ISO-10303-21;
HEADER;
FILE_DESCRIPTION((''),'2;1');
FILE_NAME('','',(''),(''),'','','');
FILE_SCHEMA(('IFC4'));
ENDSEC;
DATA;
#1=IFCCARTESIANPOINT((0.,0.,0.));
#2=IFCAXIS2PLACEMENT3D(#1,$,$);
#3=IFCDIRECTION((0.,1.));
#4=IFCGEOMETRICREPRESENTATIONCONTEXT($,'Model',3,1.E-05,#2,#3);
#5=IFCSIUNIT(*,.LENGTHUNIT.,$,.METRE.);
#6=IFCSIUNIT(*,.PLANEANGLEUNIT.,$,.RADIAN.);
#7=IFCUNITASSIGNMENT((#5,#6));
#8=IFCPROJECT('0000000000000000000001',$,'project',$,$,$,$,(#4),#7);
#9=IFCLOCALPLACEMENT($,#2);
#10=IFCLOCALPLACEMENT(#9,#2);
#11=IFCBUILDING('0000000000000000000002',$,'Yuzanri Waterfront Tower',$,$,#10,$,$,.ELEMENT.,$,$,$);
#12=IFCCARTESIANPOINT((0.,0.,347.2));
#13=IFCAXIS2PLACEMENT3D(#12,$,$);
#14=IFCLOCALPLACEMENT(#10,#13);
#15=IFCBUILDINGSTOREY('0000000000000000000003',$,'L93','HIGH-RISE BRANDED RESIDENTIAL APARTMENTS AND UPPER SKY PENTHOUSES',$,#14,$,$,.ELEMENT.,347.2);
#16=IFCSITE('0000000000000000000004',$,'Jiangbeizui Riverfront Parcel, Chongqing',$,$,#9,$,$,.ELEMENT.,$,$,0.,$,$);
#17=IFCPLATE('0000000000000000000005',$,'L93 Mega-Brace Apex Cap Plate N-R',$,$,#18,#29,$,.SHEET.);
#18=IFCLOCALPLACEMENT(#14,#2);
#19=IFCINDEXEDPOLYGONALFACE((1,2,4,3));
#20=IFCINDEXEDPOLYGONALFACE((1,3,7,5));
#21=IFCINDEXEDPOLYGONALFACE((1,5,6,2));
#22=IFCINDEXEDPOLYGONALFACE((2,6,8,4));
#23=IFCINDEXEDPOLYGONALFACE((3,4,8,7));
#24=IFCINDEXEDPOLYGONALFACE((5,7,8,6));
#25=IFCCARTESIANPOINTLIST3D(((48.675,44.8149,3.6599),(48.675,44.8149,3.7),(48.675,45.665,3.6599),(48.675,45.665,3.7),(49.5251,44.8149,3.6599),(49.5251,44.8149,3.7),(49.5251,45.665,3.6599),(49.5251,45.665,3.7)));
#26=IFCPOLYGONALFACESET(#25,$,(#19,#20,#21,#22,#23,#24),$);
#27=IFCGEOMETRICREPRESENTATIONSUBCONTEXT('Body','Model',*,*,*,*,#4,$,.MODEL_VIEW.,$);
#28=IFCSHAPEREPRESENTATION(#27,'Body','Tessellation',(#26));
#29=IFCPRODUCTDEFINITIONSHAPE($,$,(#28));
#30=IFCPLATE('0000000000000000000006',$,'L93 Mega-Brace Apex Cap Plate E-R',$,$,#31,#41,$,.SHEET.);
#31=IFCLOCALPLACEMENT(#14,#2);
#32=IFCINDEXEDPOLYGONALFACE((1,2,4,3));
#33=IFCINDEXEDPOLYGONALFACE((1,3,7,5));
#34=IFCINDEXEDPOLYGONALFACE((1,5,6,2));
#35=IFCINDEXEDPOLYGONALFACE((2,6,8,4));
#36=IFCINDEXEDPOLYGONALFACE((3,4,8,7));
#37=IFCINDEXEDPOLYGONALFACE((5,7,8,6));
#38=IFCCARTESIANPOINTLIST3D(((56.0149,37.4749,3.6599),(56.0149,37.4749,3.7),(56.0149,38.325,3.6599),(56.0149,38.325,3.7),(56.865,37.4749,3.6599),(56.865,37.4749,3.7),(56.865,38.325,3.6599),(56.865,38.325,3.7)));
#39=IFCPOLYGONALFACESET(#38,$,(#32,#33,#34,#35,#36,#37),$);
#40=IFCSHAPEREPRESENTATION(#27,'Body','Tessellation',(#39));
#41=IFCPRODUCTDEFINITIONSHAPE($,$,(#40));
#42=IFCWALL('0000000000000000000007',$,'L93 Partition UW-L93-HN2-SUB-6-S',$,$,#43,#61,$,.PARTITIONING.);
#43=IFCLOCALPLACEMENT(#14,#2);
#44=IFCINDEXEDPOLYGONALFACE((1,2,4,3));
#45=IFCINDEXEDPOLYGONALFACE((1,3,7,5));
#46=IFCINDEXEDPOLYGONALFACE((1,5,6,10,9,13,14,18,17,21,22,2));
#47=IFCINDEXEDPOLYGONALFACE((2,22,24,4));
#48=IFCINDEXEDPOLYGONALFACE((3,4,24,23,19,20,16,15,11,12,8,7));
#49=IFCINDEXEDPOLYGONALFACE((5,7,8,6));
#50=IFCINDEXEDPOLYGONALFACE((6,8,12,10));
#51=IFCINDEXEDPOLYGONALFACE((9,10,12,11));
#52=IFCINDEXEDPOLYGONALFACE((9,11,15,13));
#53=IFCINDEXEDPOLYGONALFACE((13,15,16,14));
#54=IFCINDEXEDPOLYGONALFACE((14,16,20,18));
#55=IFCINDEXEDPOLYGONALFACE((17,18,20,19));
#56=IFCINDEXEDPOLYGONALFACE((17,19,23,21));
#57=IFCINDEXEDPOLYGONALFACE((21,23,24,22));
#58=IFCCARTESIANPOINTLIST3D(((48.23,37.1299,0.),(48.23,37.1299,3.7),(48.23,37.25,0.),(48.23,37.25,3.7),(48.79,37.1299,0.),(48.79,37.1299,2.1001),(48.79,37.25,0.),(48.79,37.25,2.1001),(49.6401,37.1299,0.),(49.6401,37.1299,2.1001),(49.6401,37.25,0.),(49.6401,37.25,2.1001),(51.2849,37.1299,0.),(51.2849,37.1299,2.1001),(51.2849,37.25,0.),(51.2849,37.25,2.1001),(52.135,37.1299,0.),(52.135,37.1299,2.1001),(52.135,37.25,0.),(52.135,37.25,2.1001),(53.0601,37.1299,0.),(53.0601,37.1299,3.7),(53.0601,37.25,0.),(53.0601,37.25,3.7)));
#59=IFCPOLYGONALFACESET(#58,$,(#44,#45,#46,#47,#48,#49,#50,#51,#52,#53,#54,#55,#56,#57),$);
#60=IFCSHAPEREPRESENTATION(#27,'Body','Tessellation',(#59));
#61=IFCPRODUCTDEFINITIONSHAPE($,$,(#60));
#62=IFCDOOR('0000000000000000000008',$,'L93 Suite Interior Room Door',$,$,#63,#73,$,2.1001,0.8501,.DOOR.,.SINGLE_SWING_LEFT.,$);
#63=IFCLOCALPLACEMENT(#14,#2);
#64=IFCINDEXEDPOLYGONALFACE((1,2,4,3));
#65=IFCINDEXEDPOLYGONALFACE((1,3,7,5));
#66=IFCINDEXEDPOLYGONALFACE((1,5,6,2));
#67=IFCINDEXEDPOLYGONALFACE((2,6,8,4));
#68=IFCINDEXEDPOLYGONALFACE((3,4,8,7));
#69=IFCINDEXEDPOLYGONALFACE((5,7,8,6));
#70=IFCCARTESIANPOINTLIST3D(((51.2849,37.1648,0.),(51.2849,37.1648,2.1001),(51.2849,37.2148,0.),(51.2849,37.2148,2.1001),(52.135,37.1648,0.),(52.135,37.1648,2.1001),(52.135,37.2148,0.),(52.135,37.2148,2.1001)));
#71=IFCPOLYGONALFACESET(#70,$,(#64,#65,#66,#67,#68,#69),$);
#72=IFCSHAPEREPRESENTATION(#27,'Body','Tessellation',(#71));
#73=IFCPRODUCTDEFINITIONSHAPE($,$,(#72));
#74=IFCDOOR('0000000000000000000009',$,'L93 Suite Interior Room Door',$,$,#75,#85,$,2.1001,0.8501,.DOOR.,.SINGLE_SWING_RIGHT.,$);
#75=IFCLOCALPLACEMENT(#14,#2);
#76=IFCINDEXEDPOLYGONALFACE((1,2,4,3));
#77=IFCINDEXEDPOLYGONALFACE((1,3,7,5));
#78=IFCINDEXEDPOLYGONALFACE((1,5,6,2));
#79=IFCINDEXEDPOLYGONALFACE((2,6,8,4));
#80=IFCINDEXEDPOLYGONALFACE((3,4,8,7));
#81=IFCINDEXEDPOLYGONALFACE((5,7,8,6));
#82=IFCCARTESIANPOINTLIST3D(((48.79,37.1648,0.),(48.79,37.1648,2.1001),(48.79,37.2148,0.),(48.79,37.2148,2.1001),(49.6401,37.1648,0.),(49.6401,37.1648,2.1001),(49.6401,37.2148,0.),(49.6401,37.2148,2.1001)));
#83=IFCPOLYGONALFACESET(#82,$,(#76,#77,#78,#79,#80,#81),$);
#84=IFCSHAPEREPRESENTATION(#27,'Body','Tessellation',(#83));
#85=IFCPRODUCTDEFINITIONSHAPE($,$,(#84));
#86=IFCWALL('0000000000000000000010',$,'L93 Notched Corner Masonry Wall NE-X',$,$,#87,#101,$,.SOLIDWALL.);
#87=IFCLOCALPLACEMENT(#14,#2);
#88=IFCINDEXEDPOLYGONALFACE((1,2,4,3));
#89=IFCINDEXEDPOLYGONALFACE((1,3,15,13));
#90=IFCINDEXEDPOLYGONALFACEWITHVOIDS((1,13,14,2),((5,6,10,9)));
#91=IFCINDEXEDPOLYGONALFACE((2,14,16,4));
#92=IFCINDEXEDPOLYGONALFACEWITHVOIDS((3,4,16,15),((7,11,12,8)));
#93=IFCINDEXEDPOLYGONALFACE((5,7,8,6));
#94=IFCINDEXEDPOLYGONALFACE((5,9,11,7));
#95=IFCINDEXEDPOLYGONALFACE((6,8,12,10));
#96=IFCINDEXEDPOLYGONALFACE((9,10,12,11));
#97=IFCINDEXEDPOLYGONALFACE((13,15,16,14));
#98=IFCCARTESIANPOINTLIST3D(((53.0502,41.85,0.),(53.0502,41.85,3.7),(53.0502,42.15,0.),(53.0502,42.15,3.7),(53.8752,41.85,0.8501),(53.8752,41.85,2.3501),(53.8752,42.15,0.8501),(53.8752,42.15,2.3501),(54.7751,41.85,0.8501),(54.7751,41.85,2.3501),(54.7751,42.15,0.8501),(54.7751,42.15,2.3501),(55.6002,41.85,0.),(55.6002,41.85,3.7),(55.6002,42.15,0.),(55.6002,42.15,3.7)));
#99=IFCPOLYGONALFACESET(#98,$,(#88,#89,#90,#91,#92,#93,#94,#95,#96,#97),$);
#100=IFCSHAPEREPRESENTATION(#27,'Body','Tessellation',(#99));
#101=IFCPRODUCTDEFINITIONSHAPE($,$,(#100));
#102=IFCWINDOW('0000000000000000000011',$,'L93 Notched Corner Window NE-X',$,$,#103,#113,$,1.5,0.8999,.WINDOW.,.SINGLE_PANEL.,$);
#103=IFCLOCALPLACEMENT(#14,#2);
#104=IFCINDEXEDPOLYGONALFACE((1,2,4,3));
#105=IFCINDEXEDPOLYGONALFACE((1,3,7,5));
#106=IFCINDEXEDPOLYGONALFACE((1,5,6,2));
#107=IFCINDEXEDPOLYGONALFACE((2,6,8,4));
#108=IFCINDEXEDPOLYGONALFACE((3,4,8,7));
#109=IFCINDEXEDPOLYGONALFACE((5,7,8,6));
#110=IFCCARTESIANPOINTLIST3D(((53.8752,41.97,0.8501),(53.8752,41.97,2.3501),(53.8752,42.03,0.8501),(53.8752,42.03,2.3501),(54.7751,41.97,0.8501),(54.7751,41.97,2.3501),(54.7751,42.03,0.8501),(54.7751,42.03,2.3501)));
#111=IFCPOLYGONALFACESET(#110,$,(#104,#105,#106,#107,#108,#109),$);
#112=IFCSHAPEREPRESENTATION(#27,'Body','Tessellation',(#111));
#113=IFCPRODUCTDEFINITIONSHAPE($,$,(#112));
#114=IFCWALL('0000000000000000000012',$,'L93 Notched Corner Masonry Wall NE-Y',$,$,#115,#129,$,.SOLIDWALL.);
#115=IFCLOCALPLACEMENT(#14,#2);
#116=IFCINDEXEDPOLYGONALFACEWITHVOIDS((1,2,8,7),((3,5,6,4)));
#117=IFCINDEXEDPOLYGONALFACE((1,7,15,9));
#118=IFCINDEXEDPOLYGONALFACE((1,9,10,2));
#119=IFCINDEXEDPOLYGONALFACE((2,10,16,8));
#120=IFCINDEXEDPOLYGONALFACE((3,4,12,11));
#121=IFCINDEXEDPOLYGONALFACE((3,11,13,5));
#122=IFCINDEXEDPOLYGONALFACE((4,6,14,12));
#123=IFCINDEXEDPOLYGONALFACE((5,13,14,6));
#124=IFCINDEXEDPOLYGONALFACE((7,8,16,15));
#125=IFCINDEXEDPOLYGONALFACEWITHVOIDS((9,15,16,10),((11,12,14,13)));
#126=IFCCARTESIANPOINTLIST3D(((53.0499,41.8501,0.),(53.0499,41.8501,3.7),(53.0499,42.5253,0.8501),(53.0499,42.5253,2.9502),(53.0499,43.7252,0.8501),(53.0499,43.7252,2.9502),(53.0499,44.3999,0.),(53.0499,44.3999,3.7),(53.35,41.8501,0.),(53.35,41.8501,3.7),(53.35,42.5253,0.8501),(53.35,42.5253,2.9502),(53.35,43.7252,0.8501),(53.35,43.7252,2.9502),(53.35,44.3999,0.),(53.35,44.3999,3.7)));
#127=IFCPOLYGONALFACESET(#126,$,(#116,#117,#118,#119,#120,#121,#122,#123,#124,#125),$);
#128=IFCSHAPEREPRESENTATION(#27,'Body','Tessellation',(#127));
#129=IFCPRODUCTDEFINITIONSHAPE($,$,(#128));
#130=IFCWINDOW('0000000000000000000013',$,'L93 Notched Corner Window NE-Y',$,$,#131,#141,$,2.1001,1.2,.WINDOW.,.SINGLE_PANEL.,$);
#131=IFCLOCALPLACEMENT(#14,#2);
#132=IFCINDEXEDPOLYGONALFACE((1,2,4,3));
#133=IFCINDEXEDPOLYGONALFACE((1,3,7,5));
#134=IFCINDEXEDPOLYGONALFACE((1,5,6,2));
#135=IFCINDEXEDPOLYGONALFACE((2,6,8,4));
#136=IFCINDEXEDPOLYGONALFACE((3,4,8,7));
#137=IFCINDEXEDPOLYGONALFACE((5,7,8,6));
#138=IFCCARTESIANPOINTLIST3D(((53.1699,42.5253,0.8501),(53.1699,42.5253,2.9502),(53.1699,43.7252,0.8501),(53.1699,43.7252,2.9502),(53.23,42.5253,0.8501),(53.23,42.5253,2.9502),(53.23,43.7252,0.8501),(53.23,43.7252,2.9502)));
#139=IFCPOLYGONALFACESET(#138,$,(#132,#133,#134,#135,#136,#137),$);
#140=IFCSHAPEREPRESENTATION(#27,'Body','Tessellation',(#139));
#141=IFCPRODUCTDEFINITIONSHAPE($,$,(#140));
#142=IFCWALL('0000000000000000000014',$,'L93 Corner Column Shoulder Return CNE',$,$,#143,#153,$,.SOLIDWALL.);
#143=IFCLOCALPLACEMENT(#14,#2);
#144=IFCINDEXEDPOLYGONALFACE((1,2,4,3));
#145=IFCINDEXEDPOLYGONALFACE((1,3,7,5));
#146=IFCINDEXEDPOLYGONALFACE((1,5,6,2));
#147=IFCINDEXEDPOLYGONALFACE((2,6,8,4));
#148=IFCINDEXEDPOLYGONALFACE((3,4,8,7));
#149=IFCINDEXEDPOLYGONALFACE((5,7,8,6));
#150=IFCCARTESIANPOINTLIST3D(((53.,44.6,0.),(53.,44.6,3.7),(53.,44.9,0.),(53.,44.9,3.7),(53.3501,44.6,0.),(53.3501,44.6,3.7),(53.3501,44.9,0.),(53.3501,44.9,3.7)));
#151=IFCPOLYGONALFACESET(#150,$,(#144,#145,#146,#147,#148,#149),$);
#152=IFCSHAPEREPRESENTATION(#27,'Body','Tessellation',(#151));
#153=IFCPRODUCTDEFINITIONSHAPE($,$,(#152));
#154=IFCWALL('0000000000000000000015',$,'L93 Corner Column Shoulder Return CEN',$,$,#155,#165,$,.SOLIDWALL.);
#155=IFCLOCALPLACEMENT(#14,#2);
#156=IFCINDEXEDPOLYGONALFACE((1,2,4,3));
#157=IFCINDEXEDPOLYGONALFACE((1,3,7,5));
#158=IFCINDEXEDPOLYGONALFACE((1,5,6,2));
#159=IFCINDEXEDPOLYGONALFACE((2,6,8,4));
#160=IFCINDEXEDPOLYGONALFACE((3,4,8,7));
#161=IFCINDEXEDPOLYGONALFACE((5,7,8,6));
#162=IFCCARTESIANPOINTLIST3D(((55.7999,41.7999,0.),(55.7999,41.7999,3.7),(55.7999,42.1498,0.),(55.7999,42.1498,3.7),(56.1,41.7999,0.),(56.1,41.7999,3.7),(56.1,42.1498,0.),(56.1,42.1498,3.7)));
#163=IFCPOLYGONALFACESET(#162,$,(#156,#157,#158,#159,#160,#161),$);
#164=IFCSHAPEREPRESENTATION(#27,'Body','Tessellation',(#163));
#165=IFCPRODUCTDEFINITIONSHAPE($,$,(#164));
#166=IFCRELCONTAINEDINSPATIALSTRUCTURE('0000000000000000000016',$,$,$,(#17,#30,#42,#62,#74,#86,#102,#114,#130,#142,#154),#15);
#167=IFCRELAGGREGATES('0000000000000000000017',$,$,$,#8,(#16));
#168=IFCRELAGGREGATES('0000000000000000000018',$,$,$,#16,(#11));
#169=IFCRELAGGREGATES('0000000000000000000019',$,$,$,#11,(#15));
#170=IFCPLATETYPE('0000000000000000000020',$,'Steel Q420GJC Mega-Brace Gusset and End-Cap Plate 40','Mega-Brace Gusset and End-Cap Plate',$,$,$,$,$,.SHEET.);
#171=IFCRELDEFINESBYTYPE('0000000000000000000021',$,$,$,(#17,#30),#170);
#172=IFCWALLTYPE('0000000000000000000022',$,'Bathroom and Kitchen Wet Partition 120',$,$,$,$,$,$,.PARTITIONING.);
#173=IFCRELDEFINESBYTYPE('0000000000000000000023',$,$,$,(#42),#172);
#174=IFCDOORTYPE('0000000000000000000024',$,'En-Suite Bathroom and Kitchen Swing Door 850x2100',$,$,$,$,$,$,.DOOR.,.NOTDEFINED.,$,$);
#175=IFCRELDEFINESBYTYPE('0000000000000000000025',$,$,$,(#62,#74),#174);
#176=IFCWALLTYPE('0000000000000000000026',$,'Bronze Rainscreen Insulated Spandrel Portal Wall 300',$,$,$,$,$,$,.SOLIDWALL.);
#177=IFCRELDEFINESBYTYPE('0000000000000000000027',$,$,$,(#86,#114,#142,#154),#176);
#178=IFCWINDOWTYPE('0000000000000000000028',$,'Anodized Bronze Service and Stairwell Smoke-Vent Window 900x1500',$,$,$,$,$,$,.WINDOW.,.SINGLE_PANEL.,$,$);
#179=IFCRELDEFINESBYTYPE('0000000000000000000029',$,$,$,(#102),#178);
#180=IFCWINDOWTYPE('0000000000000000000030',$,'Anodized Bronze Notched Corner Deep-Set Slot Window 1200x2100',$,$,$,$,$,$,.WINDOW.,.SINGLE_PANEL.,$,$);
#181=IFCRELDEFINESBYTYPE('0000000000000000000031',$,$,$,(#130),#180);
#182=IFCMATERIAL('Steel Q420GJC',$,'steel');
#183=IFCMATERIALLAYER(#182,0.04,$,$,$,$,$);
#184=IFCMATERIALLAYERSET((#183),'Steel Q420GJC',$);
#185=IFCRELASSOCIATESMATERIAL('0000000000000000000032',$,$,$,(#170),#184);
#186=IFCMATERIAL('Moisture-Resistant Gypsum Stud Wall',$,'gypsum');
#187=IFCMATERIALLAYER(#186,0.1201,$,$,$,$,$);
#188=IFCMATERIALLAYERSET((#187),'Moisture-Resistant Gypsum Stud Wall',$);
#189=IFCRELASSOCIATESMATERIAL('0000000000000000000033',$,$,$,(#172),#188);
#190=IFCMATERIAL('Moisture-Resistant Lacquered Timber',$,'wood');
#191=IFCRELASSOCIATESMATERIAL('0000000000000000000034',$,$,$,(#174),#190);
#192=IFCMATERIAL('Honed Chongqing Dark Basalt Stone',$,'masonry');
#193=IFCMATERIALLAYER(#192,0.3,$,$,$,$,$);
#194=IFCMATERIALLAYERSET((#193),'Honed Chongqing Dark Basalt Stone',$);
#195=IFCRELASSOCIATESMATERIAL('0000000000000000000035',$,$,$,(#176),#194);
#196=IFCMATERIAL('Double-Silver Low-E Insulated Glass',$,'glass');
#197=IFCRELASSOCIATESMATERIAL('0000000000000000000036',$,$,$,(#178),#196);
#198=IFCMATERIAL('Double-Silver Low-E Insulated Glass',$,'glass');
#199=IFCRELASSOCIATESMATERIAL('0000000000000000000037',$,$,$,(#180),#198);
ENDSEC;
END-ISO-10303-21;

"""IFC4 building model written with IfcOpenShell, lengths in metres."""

from ifc_helpers import new_model, si_unit, direction, frame, frame_2d, origin, origin_2d, place, context, subcontext, project, spatial, rectangle, extrude, source, transform, mapped, material, layer, layer_set, type_object, element, fill, save


model = new_model("IFC4")

# Units and contexts
model_context = context("Model", 3, precision=1e-05, world=origin(), true_north=direction((0.0, 1.0)))
body_context = subcontext(model_context, "Body", "Model", "MODEL_VIEW")
ifc_project = project(units=[si_unit("LENGTHUNIT", "METRE"), si_unit("PLANEANGLEUNIT", "RADIAN")], contexts=[model_context])

# Site, building, storey
site_placement = place(None, origin())
site = spatial("IfcSite", under=ifc_project, at=site_placement, Name="Jiangbeizui Riverfront Parcel, Chongqing", CompositionType="ELEMENT", RefElevation=0.0)
building_placement = place(site_placement, origin())
building = spatial("IfcBuilding", under=site, at=building_placement, Name="Yuzanri Waterfront Tower", CompositionType="ELEMENT")
storey_placement = place(building_placement, frame((0.0, 0.0, 347.2)))
storey = spatial("IfcBuildingStorey", under=building, at=storey_placement, Name="L93", Description="HIGH-RISE BRANDED RESIDENTIAL APARTMENTS AND UPPER SKY PENTHOUSES", CompositionType="ELEMENT", Elevation=347.2)

# Plates
ifc_material_1 = material(Name="Steel Q420GJC", Category="steel")
ifc_layer_1 = layer(ifc_material_1, 0.04)
ifc_layer_set_1 = layer_set([ifc_layer_1], Name="Steel Q420GJC")
plate_type_1 = type_object("IfcPlateType", Name="Steel Q420GJC Mega-Brace Gusset and End-Cap Plate 40", Description="Mega-Brace Gusset and End-Cap Plate", PredefinedType="SHEET", material=ifc_layer_set_1)
shared_shape_1 = source(origin(), body_context, "Body", "SweptSolid", [
    extrude(rectangle(XDim=0.8501, YDim=0.8501, at=origin_2d()), origin(), (0.0, 0.0, 1.0), 0.04),
])
for number, where, z_axis, x_axis, name in (
    (1, (49.1001, 45.24, 3.6599), (0.0, 0.0, 1.0), (1.0, 0.0, 0.0), "L93 Mega-Brace Apex Cap Plate N-R"),
    (2, (56.4399, 37.8999, 3.6599), (0.0, 0.0, 1.0), (1.0, 0.0, 0.0), "L93 Mega-Brace Apex Cap Plate E-R"),
):
    element("IfcPlate", number, at=place(storey_placement, frame(where, z_axis=z_axis, x_axis=x_axis)), inside=storey, type_object=plate_type_1, Name=name, PredefinedType="SHEET", context=body_context, shape_type="MappedRepresentation", body=[
        mapped(shared_shape_1, transform((0.0, 0.0, 0.0), scale=1.0)),
    ])

# Wall, openings, doors
ifc_material_2 = material(Name="Moisture-Resistant Gypsum Stud Wall", Category="gypsum")
ifc_layer_2 = layer(ifc_material_2, 0.1201)
ifc_layer_set_2 = layer_set([ifc_layer_2], Name="Moisture-Resistant Gypsum Stud Wall")
wall_type_1 = type_object("IfcWallType", Name="Bathroom and Kitchen Wet Partition 120", PredefinedType="PARTITIONING", material=ifc_layer_set_2)
wall_1_placement = place(storey_placement, frame((48.23, 37.1899, 0.0), z_axis=(0.0, 0.0, 1.0), x_axis=(1.0, 0.0, 0.0)))
wall_1 = element("IfcWall", 3, at=wall_1_placement, inside=storey, type_object=wall_type_1, Name="L93 Partition UW-L93-HN2-SUB-6-S", PredefinedType="PARTITIONING", context=body_context, shape_type="SweptSolid", body=[
    extrude(rectangle(XDim=4.8301, YDim=0.1201, at=frame_2d((2.415, 0.0))), origin(), (0.0, 0.0, 1.0), 3.7),
])
opening_1_placement = place(wall_1_placement, frame((3.0549, 0.0, 0.0)))
opening_1 = element("IfcOpeningElement", 4, at=opening_1_placement, cuts=wall_1, PredefinedType="OPENING", context=body_context, shape_type="SweptSolid", body=[
    extrude(rectangle(XDim=0.8501, YDim=2.1001, at=frame_2d((0.425, 1.05))), frame((0.0, 0.075, 0.0), z_axis=(0.0, -1.0, 0.0), x_axis=(1.0, 0.0, 0.0)), (0.0, 0.0, 1.0), 0.1499),
])
opening_2_placement = place(wall_1_placement, frame((0.5601, 0.0, 0.0)))
opening_2 = element("IfcOpeningElement", 5, at=opening_2_placement, cuts=wall_1, PredefinedType="OPENING", context=body_context, shape_type="SweptSolid", body=[
    extrude(rectangle(XDim=0.8501, YDim=2.1001, at=frame_2d((0.425, 1.05))), frame((0.0, 0.075, 0.0), z_axis=(0.0, -1.0, 0.0), x_axis=(1.0, 0.0, 0.0)), (0.0, 0.0, 1.0), 0.1499),
])
ifc_material_3 = material(Name="Moisture-Resistant Lacquered Timber", Category="wood")
door_type = type_object("IfcDoorType", Name="En-Suite Bathroom and Kitchen Swing Door 850x2100", OperationType="NOTDEFINED", PredefinedType="DOOR", material=ifc_material_3)
shared_shape_2 = source(origin(), body_context, "Body", "SweptSolid", [
    extrude(rectangle(XDim=0.8501, YDim=2.1001, at=frame_2d((0.425, 1.05))), frame((0.0, 0.0249, 0.0), z_axis=(0.0, -1.0, 0.0), x_axis=(1.0, 0.0, 0.0)), (0.0, 0.0, 1.0), 0.05),
])
door_1_placement = place(opening_1_placement, origin())
door_1 = element("IfcDoor", 6, at=door_1_placement, inside=storey, type_object=door_type, Name="L93 Suite Interior Room Door", OperationType="SINGLE_SWING_LEFT", OverallHeight=2.1001, OverallWidth=0.8501, PredefinedType="DOOR", context=body_context, shape_type="MappedRepresentation", body=[
    mapped(shared_shape_2, transform((0.0, 0.0, 0.0), scale=1.0)),
])
fill(opening_1, door_1)
door_2_placement = place(opening_2_placement, origin())
door_2 = element("IfcDoor", 7, at=door_2_placement, inside=storey, type_object=door_type, Name="L93 Suite Interior Room Door", OperationType="SINGLE_SWING_RIGHT", OverallHeight=2.1001, OverallWidth=0.8501, PredefinedType="DOOR", context=body_context, shape_type="MappedRepresentation", body=[
    mapped(shared_shape_2, transform((0.0, 0.0, 0.0), scale=1.0)),
])
fill(opening_2, door_2)

# Walls, openings, windows
ifc_material_4 = material(Name="Honed Chongqing Dark Basalt Stone", Category="masonry")
ifc_layer_3 = layer(ifc_material_4, 0.3)
ifc_layer_set_3 = layer_set([ifc_layer_3], Name="Honed Chongqing Dark Basalt Stone")
wall_type_2 = type_object("IfcWallType", Name="Bronze Rainscreen Insulated Spandrel Portal Wall 300", PredefinedType="SOLIDWALL", material=ifc_layer_set_3)
wall_2_placement = place(storey_placement, frame((55.6001, 42.0, 0.0), z_axis=(0.0, 0.0, 1.0), x_axis=(-1.0, 0.0, 0.0)))
wall_2 = element("IfcWall", 8, at=wall_2_placement, inside=storey, type_object=wall_type_2, Name="L93 Notched Corner Masonry Wall NE-X", PredefinedType="SOLIDWALL", context=body_context, shape_type="SweptSolid", body=[
    extrude(rectangle(XDim=2.55, YDim=0.3, at=frame_2d((1.2749, 0.0))), origin(), (0.0, 0.0, 1.0), 3.7),
])
opening_3_placement = place(wall_2_placement, frame((0.825, 0.0, 0.8501)))
opening_3 = element("IfcOpeningElement", 9, at=opening_3_placement, cuts=wall_2, PredefinedType="OPENING", context=body_context, shape_type="SweptSolid", body=[
    extrude(rectangle(XDim=0.8999, YDim=1.5, at=frame_2d((0.45, 0.75))), frame((0.0, 0.165, 0.0), z_axis=(0.0, -1.0, 0.0), x_axis=(1.0, 0.0, 0.0)), (0.0, 0.0, 1.0), 0.3298),
])
ifc_material_5 = material(Name="Double-Silver Low-E Insulated Glass", Category="glass")
window_type_1 = type_object("IfcWindowType", Name="Anodized Bronze Service and Stairwell Smoke-Vent Window 900x1500", PartitioningType="SINGLE_PANEL", PredefinedType="WINDOW", material=ifc_material_5)
shared_shape_3 = source(origin(), body_context, "Body", "SweptSolid", [
    extrude(rectangle(XDim=0.8999, YDim=1.5, at=frame_2d((0.45, 0.75))), frame((0.0, 0.03, 0.0), z_axis=(0.0, -1.0, 0.0), x_axis=(1.0, 0.0, 0.0)), (0.0, 0.0, 1.0), 0.0601),
])
window_1_placement = place(opening_3_placement, origin())
window_1 = element("IfcWindow", 10, at=window_1_placement, inside=storey, type_object=window_type_1, Name="L93 Notched Corner Window NE-X", OverallHeight=1.5, OverallWidth=0.8999, PartitioningType="SINGLE_PANEL", PredefinedType="WINDOW", context=body_context, shape_type="MappedRepresentation", body=[
    mapped(shared_shape_3, transform((0.0, 0.0, 0.0), scale=1.0)),
])
fill(opening_3, window_1)
wall_3_placement = place(storey_placement, frame((53.2, 41.8501, 0.0), z_axis=(0.0, 0.0, 1.0), x_axis=(0.0, 1.0, 0.0)))
wall_3 = element("IfcWall", 11, at=wall_3_placement, inside=storey, type_object=wall_type_2, Name="L93 Notched Corner Masonry Wall NE-Y", PredefinedType="SOLIDWALL", context=body_context, shape_type="SweptSolid", body=[
    extrude(rectangle(XDim=2.5498, YDim=0.3, at=frame_2d((1.2749, 0.0))), origin(), (0.0, 0.0, 1.0), 3.7),
])
opening_4_placement = place(wall_3_placement, frame((0.675, 0.0, 0.8501)))
opening_4 = element("IfcOpeningElement", 12, at=opening_4_placement, cuts=wall_3, PredefinedType="OPENING", context=body_context, shape_type="SweptSolid", body=[
    extrude(rectangle(XDim=1.2, YDim=2.1001, at=frame_2d((0.6001, 1.05))), frame((0.0, 0.165, 0.0), z_axis=(0.0, -1.0, 0.0), x_axis=(1.0, 0.0, 0.0)), (0.0, 0.0, 1.0), 0.3298),
])
ifc_material_6 = material(Name="Double-Silver Low-E Insulated Glass", Category="glass")
window_type_2 = type_object("IfcWindowType", Name="Anodized Bronze Notched Corner Deep-Set Slot Window 1200x2100", PartitioningType="SINGLE_PANEL", PredefinedType="WINDOW", material=ifc_material_6)
shared_shape_4 = source(origin(), body_context, "Body", "SweptSolid", [
    extrude(rectangle(XDim=1.2, YDim=2.1001, at=frame_2d((0.6001, 1.05))), frame((0.0, 0.03, 0.0), z_axis=(0.0, -1.0, 0.0), x_axis=(1.0, 0.0, 0.0)), (0.0, 0.0, 1.0), 0.0601),
])
window_2_placement = place(opening_4_placement, origin())
window_2 = element("IfcWindow", 13, at=window_2_placement, inside=storey, type_object=window_type_2, Name="L93 Notched Corner Window NE-Y", OverallHeight=2.1001, OverallWidth=1.2, PartitioningType="SINGLE_PANEL", PredefinedType="WINDOW", context=body_context, shape_type="MappedRepresentation", body=[
    mapped(shared_shape_4, transform((0.0, 0.0, 0.0), scale=1.0)),
])
fill(opening_4, window_2)

# Walls
shared_shape_5 = source(origin(), body_context, "Body", "SweptSolid", [
    extrude(rectangle(XDim=0.3501, YDim=0.3, at=frame_2d((0.175, 0.0))), origin(), (0.0, 0.0, 1.0), 3.7),
])
wall_4_placement = place(storey_placement, frame((53.0, 44.75, 0.0), z_axis=(0.0, 0.0, 1.0), x_axis=(1.0, 0.0, 0.0)))
element("IfcWall", 14, at=wall_4_placement, inside=storey, type_object=wall_type_2, Name="L93 Corner Column Shoulder Return CNE", PredefinedType="SOLIDWALL", context=body_context, shape_type="MappedRepresentation", body=[
    mapped(shared_shape_5, transform((0.0, 0.0, 0.0), scale=1.0)),
])
shared_shape_6 = source(origin(), body_context, "Body", "SweptSolid", [
    extrude(rectangle(XDim=0.3499, YDim=0.3, at=frame_2d((0.1748, 0.0))), origin(), (0.0, 0.0, 1.0), 3.7),
])
wall_5_placement = place(storey_placement, frame((55.95, 41.8, 0.0), z_axis=(0.0, 0.0, 1.0), x_axis=(0.0, 1.0, 0.0)))
element("IfcWall", 15, at=wall_5_placement, inside=storey, type_object=wall_type_2, Name="L93 Corner Column Shoulder Return CEN", PredefinedType="SOLIDWALL", context=body_context, shape_type="MappedRepresentation", body=[
    mapped(shared_shape_6, transform((0.0, 0.0, 0.0), scale=1.0)),
])

save(model, "model.ifc")
